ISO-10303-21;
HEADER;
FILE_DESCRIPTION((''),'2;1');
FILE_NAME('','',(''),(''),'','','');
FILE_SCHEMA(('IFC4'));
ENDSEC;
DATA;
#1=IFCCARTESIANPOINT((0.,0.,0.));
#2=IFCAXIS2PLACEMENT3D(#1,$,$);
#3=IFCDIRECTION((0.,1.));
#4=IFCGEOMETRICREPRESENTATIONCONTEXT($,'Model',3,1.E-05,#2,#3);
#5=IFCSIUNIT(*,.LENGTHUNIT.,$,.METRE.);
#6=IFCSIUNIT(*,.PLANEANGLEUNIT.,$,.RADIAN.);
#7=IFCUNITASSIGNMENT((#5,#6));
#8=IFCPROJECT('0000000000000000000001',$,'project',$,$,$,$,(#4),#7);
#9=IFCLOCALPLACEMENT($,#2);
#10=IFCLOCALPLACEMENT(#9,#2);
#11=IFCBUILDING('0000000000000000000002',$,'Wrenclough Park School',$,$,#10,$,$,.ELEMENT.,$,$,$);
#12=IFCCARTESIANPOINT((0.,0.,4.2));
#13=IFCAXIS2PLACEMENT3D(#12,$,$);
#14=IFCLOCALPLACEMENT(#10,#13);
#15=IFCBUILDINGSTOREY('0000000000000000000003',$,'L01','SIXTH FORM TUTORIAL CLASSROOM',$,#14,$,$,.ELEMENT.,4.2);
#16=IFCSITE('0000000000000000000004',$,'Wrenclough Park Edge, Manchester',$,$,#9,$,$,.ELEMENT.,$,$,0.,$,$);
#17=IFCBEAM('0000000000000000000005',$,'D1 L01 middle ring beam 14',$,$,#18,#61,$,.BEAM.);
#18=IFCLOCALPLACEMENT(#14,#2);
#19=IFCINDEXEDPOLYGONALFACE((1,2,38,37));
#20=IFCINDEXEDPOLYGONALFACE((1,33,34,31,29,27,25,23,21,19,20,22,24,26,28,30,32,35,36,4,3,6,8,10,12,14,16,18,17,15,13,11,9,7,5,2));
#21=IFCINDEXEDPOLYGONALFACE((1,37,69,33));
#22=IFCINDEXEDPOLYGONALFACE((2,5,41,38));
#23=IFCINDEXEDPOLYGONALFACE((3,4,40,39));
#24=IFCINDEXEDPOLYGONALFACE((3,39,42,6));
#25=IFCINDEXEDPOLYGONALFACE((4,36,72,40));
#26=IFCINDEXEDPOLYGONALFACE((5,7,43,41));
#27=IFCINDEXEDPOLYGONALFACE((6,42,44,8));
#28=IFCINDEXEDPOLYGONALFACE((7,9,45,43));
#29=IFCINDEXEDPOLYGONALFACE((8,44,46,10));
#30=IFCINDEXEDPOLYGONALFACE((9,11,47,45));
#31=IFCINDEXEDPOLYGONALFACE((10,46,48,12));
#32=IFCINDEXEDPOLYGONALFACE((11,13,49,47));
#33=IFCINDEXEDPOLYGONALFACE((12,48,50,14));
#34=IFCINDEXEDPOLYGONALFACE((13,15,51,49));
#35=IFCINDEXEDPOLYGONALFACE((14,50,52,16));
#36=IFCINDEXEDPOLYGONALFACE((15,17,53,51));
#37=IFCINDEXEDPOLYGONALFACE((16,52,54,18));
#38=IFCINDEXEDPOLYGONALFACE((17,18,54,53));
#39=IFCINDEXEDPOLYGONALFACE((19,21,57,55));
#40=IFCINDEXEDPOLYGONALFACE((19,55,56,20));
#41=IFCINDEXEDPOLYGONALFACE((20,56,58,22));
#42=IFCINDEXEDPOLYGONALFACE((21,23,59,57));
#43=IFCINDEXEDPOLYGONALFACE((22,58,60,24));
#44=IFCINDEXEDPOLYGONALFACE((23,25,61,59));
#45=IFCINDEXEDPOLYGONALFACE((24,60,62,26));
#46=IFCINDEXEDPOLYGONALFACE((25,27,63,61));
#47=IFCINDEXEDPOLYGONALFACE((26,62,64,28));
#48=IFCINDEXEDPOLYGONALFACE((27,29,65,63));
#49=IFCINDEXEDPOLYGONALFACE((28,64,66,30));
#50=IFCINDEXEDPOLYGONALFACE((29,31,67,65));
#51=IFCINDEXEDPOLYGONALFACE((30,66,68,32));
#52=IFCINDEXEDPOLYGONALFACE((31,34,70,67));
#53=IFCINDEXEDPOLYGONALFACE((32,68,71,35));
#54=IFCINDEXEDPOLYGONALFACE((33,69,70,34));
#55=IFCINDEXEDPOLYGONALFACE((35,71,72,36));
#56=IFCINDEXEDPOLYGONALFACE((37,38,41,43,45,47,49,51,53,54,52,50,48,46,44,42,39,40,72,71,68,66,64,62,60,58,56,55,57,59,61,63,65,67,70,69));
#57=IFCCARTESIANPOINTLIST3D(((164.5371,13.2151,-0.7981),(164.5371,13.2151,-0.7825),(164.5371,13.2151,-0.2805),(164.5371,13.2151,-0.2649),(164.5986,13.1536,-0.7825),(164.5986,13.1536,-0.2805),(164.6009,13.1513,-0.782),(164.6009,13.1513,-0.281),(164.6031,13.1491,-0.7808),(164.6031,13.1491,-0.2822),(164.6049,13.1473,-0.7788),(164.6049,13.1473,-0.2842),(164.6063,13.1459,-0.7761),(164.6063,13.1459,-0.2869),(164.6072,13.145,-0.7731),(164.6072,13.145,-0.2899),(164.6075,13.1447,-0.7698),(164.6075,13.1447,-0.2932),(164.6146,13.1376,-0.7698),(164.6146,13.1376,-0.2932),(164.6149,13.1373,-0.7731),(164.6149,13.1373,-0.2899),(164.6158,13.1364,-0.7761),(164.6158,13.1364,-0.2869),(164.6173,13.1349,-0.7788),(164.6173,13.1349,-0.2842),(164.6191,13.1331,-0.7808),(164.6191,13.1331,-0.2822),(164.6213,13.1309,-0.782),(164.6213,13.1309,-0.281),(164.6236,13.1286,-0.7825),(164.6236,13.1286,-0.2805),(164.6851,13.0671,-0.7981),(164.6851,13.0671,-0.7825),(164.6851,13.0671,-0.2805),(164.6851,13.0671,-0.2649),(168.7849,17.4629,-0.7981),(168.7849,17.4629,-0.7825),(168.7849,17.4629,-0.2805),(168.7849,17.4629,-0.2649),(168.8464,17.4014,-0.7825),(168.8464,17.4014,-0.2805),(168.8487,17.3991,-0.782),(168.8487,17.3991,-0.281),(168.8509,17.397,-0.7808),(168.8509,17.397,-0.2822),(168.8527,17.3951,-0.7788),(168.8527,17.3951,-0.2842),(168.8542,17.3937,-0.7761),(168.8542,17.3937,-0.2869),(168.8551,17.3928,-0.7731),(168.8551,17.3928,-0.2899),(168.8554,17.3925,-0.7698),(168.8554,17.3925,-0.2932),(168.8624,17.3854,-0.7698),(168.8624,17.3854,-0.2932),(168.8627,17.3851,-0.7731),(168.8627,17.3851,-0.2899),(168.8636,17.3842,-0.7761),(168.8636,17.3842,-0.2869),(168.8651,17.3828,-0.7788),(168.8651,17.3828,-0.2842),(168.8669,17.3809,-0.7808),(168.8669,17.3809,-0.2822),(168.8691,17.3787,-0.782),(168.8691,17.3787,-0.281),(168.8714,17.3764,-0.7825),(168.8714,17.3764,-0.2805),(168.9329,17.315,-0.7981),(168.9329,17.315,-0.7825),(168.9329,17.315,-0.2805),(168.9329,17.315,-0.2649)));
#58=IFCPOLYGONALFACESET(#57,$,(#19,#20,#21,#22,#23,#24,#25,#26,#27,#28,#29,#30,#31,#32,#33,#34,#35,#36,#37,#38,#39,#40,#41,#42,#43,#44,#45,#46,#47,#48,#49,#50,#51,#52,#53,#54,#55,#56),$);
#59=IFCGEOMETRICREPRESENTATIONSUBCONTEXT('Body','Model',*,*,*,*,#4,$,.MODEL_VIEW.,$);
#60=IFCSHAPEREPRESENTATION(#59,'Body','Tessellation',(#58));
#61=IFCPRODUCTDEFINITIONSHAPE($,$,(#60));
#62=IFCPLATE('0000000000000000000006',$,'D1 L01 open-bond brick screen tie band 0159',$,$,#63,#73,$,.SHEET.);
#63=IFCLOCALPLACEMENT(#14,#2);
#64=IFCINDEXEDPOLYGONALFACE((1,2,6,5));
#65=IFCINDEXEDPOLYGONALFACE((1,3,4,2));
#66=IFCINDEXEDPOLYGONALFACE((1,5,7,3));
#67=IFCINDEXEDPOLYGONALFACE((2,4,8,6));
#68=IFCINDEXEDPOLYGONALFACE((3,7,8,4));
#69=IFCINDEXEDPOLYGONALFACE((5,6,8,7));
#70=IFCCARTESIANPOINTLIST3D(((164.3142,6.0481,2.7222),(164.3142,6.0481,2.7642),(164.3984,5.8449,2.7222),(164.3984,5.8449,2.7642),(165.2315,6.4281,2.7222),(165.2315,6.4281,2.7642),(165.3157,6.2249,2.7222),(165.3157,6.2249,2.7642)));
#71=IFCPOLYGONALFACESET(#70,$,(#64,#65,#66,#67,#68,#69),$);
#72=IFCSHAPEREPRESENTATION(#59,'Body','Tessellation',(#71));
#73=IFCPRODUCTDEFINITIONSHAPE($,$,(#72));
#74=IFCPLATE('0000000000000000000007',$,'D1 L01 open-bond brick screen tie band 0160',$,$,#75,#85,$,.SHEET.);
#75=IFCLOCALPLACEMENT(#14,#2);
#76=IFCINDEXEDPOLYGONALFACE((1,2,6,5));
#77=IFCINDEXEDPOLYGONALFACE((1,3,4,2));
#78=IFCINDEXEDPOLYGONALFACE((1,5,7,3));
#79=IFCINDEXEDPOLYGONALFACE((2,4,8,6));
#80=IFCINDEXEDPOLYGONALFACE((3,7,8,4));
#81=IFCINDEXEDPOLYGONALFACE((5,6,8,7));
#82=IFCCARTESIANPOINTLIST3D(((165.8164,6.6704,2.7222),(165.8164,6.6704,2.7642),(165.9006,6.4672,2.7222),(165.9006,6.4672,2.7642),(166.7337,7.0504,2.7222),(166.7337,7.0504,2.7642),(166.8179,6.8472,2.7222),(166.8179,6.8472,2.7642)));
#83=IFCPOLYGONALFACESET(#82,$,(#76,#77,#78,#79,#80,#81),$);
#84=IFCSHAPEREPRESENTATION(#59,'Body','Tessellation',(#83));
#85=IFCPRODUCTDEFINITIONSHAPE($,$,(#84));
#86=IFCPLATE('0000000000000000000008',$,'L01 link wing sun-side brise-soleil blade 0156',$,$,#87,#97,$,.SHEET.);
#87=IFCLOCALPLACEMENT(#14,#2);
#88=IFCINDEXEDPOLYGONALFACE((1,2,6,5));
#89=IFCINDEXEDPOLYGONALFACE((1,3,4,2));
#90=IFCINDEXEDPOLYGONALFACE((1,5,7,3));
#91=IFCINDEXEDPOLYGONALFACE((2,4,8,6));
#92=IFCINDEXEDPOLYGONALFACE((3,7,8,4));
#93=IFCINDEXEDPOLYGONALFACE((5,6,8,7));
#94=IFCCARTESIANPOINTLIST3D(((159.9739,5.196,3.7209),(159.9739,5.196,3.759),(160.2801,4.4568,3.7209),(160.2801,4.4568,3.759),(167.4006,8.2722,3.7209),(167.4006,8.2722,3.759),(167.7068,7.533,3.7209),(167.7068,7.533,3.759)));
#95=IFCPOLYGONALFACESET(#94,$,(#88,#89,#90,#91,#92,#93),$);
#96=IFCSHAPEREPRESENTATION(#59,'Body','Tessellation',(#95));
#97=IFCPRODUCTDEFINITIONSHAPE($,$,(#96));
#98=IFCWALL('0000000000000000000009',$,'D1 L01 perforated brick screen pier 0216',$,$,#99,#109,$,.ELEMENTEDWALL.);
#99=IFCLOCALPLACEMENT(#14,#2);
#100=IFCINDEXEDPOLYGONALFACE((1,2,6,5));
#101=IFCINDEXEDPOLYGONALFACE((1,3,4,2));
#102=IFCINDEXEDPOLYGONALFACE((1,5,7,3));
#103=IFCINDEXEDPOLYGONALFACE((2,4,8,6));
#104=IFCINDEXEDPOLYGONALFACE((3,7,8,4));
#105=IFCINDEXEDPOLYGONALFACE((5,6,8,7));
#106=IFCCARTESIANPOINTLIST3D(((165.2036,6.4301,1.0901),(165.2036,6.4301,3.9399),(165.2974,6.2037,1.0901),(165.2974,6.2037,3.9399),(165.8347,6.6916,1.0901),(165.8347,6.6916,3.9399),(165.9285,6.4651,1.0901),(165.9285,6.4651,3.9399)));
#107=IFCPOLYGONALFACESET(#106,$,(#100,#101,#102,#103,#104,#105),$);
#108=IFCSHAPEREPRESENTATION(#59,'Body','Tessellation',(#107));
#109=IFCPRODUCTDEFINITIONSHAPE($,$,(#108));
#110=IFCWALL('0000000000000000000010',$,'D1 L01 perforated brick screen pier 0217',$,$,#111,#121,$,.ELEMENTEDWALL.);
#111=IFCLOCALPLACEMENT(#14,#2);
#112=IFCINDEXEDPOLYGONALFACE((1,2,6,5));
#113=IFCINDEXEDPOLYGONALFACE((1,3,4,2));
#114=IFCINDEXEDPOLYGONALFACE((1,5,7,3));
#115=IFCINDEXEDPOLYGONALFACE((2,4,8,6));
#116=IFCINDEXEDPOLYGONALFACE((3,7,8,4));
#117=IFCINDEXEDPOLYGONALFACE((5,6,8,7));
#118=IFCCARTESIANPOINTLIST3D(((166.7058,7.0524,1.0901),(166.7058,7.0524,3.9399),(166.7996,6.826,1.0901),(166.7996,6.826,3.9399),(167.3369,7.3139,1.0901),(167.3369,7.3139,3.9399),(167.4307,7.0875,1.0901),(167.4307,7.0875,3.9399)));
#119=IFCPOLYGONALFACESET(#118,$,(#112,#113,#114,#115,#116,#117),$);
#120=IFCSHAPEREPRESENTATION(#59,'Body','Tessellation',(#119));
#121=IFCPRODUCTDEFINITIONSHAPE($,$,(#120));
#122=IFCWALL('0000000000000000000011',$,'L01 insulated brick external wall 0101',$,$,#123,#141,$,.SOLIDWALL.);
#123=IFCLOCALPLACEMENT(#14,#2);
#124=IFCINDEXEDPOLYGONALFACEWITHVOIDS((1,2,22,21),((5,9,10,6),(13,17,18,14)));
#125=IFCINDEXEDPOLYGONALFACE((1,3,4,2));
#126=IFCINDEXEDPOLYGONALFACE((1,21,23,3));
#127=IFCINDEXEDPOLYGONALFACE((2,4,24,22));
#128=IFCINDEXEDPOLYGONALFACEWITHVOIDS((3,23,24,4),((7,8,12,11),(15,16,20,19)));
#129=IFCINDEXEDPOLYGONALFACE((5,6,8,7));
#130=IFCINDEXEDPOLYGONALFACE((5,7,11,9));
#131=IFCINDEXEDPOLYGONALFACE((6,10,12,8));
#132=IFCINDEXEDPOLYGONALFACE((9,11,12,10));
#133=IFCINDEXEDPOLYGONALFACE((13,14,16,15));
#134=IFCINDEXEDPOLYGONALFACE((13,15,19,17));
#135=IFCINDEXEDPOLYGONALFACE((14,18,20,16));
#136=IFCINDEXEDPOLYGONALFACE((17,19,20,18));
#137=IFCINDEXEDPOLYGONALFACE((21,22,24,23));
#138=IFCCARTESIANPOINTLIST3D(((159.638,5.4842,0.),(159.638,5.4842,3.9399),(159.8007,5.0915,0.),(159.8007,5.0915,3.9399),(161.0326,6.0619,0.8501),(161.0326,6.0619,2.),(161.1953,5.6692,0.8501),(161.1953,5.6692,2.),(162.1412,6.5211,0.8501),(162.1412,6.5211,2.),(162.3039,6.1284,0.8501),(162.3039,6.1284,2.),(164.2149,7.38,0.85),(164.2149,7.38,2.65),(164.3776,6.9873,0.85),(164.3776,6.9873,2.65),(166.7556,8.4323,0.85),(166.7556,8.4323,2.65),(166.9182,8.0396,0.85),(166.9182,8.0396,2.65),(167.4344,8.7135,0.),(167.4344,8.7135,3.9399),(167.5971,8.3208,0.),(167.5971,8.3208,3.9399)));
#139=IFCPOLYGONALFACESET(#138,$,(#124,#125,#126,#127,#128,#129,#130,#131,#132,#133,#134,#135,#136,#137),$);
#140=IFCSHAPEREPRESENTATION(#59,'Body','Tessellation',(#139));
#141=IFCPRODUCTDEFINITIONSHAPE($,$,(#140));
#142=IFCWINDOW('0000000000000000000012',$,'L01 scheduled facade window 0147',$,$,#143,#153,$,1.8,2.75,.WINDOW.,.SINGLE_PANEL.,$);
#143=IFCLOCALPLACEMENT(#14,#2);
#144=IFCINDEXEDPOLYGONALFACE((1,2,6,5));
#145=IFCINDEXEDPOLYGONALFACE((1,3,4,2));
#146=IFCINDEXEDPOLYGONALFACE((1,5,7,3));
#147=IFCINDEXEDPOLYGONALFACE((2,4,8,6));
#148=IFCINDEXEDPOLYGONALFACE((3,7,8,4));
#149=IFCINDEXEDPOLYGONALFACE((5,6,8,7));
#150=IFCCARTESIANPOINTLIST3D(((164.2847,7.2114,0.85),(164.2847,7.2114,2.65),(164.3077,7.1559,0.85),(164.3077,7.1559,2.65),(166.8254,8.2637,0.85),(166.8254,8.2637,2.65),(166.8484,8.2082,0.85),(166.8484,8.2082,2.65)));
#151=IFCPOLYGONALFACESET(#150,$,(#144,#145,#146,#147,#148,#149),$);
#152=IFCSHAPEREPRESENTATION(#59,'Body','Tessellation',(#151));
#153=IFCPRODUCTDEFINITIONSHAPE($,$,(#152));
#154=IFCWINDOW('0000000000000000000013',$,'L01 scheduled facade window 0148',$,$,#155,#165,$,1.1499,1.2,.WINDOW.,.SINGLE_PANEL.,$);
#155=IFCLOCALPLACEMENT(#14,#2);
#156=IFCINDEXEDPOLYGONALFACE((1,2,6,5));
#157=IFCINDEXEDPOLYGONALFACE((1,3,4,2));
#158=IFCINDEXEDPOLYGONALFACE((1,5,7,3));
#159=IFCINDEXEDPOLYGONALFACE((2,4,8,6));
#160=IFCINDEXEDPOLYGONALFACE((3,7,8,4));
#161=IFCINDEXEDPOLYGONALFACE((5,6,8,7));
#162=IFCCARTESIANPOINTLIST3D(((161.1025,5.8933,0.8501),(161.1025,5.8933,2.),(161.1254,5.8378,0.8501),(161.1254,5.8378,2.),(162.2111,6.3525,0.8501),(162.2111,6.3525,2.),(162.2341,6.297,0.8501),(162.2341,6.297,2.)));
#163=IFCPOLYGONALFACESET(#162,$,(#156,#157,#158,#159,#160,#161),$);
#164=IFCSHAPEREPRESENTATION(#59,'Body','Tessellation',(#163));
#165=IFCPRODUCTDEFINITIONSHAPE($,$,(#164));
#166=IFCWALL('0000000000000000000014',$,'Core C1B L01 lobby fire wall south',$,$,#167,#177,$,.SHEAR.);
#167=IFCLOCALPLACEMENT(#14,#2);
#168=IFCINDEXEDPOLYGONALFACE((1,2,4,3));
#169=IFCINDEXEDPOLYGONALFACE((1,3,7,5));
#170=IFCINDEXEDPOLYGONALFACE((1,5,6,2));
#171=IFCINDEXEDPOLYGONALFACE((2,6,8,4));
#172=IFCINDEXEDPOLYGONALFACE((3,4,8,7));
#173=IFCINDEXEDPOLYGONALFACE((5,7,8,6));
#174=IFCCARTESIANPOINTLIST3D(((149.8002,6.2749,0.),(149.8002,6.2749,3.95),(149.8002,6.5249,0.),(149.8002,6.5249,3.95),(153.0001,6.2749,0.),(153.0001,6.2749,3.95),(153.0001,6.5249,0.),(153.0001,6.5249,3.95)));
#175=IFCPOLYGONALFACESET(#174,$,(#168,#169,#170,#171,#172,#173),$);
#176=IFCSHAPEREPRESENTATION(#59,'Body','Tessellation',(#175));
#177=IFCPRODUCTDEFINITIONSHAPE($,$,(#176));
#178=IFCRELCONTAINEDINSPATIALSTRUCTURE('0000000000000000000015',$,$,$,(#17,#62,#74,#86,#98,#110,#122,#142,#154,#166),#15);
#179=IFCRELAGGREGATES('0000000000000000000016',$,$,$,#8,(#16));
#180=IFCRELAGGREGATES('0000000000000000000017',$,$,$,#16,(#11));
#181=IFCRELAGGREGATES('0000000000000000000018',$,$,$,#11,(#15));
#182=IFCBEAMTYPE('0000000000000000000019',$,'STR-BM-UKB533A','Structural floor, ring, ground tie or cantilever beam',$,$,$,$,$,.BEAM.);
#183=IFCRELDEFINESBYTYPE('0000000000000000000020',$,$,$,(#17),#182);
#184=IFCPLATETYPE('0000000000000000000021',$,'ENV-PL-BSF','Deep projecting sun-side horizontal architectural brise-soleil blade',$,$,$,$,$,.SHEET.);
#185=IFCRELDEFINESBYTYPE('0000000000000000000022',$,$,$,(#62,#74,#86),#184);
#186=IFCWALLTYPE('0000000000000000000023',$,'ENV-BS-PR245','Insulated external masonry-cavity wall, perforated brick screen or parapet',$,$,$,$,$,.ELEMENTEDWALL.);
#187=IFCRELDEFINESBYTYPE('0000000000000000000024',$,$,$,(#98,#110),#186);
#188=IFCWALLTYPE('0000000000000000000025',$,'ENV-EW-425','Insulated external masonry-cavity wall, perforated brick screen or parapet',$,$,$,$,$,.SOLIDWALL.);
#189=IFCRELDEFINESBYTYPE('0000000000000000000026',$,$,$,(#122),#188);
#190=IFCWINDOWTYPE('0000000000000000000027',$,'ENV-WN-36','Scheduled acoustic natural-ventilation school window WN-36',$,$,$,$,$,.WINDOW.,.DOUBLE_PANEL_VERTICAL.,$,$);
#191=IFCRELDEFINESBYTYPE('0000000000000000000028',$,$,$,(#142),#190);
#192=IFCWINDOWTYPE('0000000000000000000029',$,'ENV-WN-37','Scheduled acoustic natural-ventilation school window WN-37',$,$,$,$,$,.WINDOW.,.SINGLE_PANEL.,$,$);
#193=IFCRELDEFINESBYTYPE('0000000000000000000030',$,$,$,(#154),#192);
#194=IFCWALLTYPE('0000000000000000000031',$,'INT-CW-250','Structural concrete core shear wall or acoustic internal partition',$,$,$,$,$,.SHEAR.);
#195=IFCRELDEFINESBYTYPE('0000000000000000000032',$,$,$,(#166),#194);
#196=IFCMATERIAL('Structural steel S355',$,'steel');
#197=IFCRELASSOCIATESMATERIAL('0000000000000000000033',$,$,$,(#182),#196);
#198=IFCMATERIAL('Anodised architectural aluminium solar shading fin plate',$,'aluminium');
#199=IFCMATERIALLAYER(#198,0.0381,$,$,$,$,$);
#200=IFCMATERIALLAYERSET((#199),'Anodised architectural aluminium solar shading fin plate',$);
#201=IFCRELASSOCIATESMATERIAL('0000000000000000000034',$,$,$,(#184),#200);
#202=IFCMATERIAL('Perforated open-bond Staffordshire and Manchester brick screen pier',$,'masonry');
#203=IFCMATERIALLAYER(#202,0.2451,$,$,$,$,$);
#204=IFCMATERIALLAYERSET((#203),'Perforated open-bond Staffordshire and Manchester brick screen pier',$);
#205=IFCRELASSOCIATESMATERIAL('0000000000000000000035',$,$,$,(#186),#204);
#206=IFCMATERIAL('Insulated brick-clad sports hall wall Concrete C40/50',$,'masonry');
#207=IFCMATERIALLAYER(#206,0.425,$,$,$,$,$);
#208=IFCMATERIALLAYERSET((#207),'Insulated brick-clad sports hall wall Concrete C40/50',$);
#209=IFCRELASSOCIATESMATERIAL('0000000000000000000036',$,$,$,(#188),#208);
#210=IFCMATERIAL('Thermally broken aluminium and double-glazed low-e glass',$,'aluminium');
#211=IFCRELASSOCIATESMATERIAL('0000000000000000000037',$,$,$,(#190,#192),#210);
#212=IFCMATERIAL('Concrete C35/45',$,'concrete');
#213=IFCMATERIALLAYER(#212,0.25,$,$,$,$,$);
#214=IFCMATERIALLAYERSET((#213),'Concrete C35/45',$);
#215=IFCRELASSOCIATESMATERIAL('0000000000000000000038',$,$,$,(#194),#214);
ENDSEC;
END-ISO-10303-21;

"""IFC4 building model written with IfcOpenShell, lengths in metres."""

from ifc_helpers import new_model, si_unit, direction, frame, frame_2d, origin, origin_2d, place, context, subcontext, project, spatial, rectangle, i_section, extrude, material, layer, layer_set, material_profile, profile_set, type_object, element, fill, save


model = new_model("IFC4")

# Units and contexts
model_context = context("Model", 3, precision=1e-05, world=origin(), true_north=direction((0.0, 1.0)))
body_context = subcontext(model_context, "Body", "Model", "MODEL_VIEW")
ifc_project = project(units=[si_unit("LENGTHUNIT", "METRE"), si_unit("PLANEANGLEUNIT", "RADIAN")], contexts=[model_context])

# Site, building, storey
site_placement = place(None, origin())
site = spatial("IfcSite", under=ifc_project, at=site_placement, Name="Wrenclough Park Edge, Manchester", CompositionType="ELEMENT", RefElevation=0.0)
building_placement = place(site_placement, origin())
building = spatial("IfcBuilding", under=site, at=building_placement, Name="Wrenclough Park School", CompositionType="ELEMENT")
storey_placement = place(building_placement, frame((0.0, 0.0, 4.2)))
storey = spatial("IfcBuildingStorey", under=building, at=storey_placement, Name="L01", Description="SIXTH FORM TUTORIAL CLASSROOM", CompositionType="ELEMENT", Elevation=4.2)

# Shared definitions
ifc_material_1 = material(Name="Structural steel S355", Category="steel")

# Beam
ifc_material_profile_1 = material_profile(ifc_material_1, i_section(OverallWidth=0.2092, OverallDepth=0.5332, WebThickness=0.01, FlangeThickness=0.0156, FilletRadius=0.0127, at=origin_2d()), Name="UKB 533x210x92")
ifc_profile_set_1 = profile_set([ifc_material_profile_1], Name="Structural steel S355")
beam_type_1 = type_object("IfcBeamType", Name="STR-BM-UKB533A", Description="Structural floor, ring, ground tie or cantilever beam", PredefinedType="BEAM", material=ifc_profile_set_1)
beam_1_placement = place(storey_placement, frame((164.6111, 13.1411, -0.5315), z_axis=(0.707107, 0.707107, 0.0), x_axis=(-0.707107, 0.707107, 0.0)))
element("IfcBeam", 1, at=beam_1_placement, inside=storey, type_object=beam_type_1, Name="D1 L01 middle ring beam 14", PredefinedType="BEAM", context=body_context, shape_type="SweptSolid", body=[
    extrude(i_section(OverallWidth=0.2092, OverallDepth=0.5332, WebThickness=0.01, FlangeThickness=0.0156, FilletRadius=0.0127, at=origin_2d()), origin(), (0.0, 0.0, 1.0), 6.0073),
])

# Plates
ifc_material_2 = material(Name="Anodised architectural aluminium solar shading fin plate", Category="aluminium")
ifc_layer_1 = layer(ifc_material_2, 0.0381)
ifc_layer_set_1 = layer_set([ifc_layer_1], Name="Anodised architectural aluminium solar shading fin plate")
plate_type = type_object("IfcPlateType", Name="ENV-PL-BSF", Description="Deep projecting sun-side horizontal architectural brise-soleil blade", PredefinedType="SHEET", material=ifc_layer_set_1)
for number, where, z_axis, x_axis, name in (
    (2, (164.8149, 6.1365, 2.7222), (0.0, 0.0, 1.0), (0.923876, 0.382692, 0.0), "D1 L01 open-bond brick screen tie band 0159"),
    (3, (166.3171, 6.7588, 2.7222), (0.0, 0.0, 1.0), (0.923876, 0.382692, 0.0), "D1 L01 open-bond brick screen tie band 0160"),
):
    element("IfcPlate", number, at=place(storey_placement, frame(where, z_axis=z_axis, x_axis=x_axis)), inside=storey, type_object=plate_type, Name=name, PredefinedType="SHEET", context=body_context, shape_type="SweptSolid", body=[
        extrude(rectangle(XDim=0.9929, YDim=0.22, at=origin_2d()), origin(), (0.0, 0.0, 1.0), 0.042),
    ])
plate_placement = place(storey_placement, frame((163.8403, 6.3645, 3.7209), z_axis=(0.0, 0.0, 1.0), x_axis=(-0.923881, -0.38268, 0.0)))
element("IfcPlate", 4, at=plate_placement, inside=storey, type_object=plate_type, Name="L01 link wing sun-side brise-soleil blade 0156", PredefinedType="SHEET", context=body_context, shape_type="SweptSolid", body=[
    extrude(rectangle(XDim=8.0386, YDim=0.8, at=origin_2d()), origin(), (0.0, 0.0, 1.0), 0.0381),
])

# Walls
ifc_material_3 = material(Name="Perforated open-bond Staffordshire and Manchester brick screen pier", Category="masonry")
ifc_layer_2 = layer(ifc_material_3, 0.2451)
ifc_layer_set_2 = layer_set([ifc_layer_2], Name="Perforated open-bond Staffordshire and Manchester brick screen pier")
wall_type_1 = type_object("IfcWallType", Name="ENV-BS-PR245", Description="Insulated external masonry-cavity wall, perforated brick screen or parapet", PredefinedType="ELEMENTEDWALL", material=ifc_layer_set_2)
for number, where, z_axis, x_axis, name in (
    (5, (165.2505, 6.3169, 1.0901), (0.0, 0.0, 1.0), (0.923847, 0.382762, 0.0), "D1 L01 perforated brick screen pier 0216"),
    (6, (166.7527, 6.9392, 1.0901), (0.0, 0.0, 1.0), (0.923847, 0.382762, 0.0), "D1 L01 perforated brick screen pier 0217"),
):
    element("IfcWall", number, at=place(storey_placement, frame(where, z_axis=z_axis, x_axis=x_axis)), inside=storey, type_object=wall_type_1, Name=name, PredefinedType="ELEMENTEDWALL", context=body_context, shape_type="SweptSolid", body=[
        extrude(rectangle(XDim=0.6831, YDim=0.2451, at=frame_2d((0.3416, 0.0))), origin(), (0.0, 0.0, 1.0), 2.8499),
    ])

# Wall, openings, windows
ifc_material_4 = material(Name="Insulated brick-clad sports hall wall Concrete C40/50", Category="masonry")
ifc_layer_3 = layer(ifc_material_4, 0.425)
ifc_layer_set_3 = layer_set([ifc_layer_3], Name="Insulated brick-clad sports hall wall Concrete C40/50")
wall_type_2 = type_object("IfcWallType", Name="ENV-EW-425", Description="Insulated external masonry-cavity wall, perforated brick screen or parapet", PredefinedType="SOLIDWALL", material=ifc_layer_set_3)
wall_1_placement = place(storey_placement, frame((167.5156, 8.5171, 0.0), z_axis=(0.0, 0.0, 1.0), x_axis=(-0.923885, -0.382671, 0.0)))
wall_1 = element("IfcWall", 7, at=wall_1_placement, inside=storey, type_object=wall_type_2, Name="L01 insulated brick external wall 0101", PredefinedType="SOLIDWALL", context=body_context, shape_type="SweptSolid", body=[
    extrude(rectangle(XDim=8.4387, YDim=0.425, at=frame_2d((4.2192, 0.0))), origin(), (0.0, 0.0, 1.0), 3.9399),
])
opening_1_placement = place(wall_1_placement, frame((0.7346, 0.0, 0.8501)))
opening_1 = element("IfcOpeningElement", 8, at=opening_1_placement, cuts=wall_1, PredefinedType="OPENING", context=body_context, shape_type="SweptSolid", body=[
    extrude(rectangle(XDim=2.75, YDim=1.8, at=frame_2d((1.375, 0.8999))), frame((0.0, 0.2224, 0.0), z_axis=(0.0, -1.0, 0.0), x_axis=(1.0, 0.0, 0.0)), (0.0, 0.0, 1.0), 0.4451),
])
opening_2_placement = place(wall_1_placement, frame((5.729, 0.0, 0.8501)))
opening_2 = element("IfcOpeningElement", 9, at=opening_2_placement, cuts=wall_1, PredefinedType="OPENING", context=body_context, shape_type="SweptSolid", body=[
    extrude(rectangle(XDim=1.2, YDim=1.1499, at=frame_2d((0.6001, 0.575))), frame((0.0, 0.2224, 0.0), z_axis=(0.0, -1.0, 0.0), x_axis=(1.0, 0.0, 0.0)), (0.0, 0.0, 1.0), 0.4451),
])
ifc_material_5 = material(Name="Thermally broken aluminium and double-glazed low-e glass", Category="aluminium")
window_type_1 = type_object("IfcWindowType", Name="ENV-WN-36", Description="Scheduled acoustic natural-ventilation school window WN-36", PartitioningType="DOUBLE_PANEL_VERTICAL", PredefinedType="WINDOW", material=ifc_material_5)
window_1_placement = place(opening_1_placement, origin())
window_1 = element("IfcWindow", 10, at=window_1_placement, inside=storey, type_object=window_type_1, Name="L01 scheduled facade window 0147", OverallHeight=1.8, OverallWidth=2.75, PartitioningType="SINGLE_PANEL", PredefinedType="WINDOW", context=body_context, shape_type="SweptSolid", body=[
    extrude(rectangle(XDim=2.75, YDim=1.8, at=frame_2d((1.375, 0.8999))), frame((0.0, 0.03, 0.0), z_axis=(0.0, -1.0, 0.0), x_axis=(1.0, 0.0, 0.0)), (0.0, 0.0, 1.0), 0.0601),
])
fill(opening_1, window_1)
window_type_2 = type_object("IfcWindowType", Name="ENV-WN-37", Description="Scheduled acoustic natural-ventilation school window WN-37", PartitioningType="SINGLE_PANEL", PredefinedType="WINDOW", material=ifc_material_5)
window_2_placement = place(opening_2_placement, origin())
window_2 = element("IfcWindow", 11, at=window_2_placement, inside=storey, type_object=window_type_2, Name="L01 scheduled facade window 0148", OverallHeight=1.1499, OverallWidth=1.2, PartitioningType="SINGLE_PANEL", PredefinedType="WINDOW", context=body_context, shape_type="SweptSolid", body=[
    extrude(rectangle(XDim=1.2, YDim=1.1499, at=frame_2d((0.6001, 0.575))), frame((0.0, 0.03, 0.0), z_axis=(0.0, -1.0, 0.0), x_axis=(1.0, 0.0, 0.0)), (0.0, 0.0, 1.0), 0.0601),
])
fill(opening_2, window_2)

# Wall
ifc_material_6 = material(Name="Concrete C35/45", Category="concrete")
ifc_layer_4 = layer(ifc_material_6, 0.25)
ifc_layer_set_4 = layer_set([ifc_layer_4], Name="Concrete C35/45")
wall_type_3 = type_object("IfcWallType", Name="INT-CW-250", Description="Structural concrete core shear wall or acoustic internal partition", PredefinedType="SHEAR", material=ifc_layer_set_4)
wall_2_placement = place(storey_placement, frame((149.8, 6.3999, 0.0), z_axis=(0.0, 0.0, 1.0), x_axis=(1.0, 0.0, 0.0)))
element("IfcWall", 12, at=wall_2_placement, inside=storey, type_object=wall_type_3, Name="Core C1B L01 lobby fire wall south", PredefinedType="SHEAR", context=body_context, shape_type="SweptSolid", body=[
    extrude(rectangle(XDim=3.2, YDim=0.25, at=frame_2d((1.6001, 0.0))), origin(), (0.0, 0.0, 1.0), 3.95),
])

save(model, "model.ifc")
